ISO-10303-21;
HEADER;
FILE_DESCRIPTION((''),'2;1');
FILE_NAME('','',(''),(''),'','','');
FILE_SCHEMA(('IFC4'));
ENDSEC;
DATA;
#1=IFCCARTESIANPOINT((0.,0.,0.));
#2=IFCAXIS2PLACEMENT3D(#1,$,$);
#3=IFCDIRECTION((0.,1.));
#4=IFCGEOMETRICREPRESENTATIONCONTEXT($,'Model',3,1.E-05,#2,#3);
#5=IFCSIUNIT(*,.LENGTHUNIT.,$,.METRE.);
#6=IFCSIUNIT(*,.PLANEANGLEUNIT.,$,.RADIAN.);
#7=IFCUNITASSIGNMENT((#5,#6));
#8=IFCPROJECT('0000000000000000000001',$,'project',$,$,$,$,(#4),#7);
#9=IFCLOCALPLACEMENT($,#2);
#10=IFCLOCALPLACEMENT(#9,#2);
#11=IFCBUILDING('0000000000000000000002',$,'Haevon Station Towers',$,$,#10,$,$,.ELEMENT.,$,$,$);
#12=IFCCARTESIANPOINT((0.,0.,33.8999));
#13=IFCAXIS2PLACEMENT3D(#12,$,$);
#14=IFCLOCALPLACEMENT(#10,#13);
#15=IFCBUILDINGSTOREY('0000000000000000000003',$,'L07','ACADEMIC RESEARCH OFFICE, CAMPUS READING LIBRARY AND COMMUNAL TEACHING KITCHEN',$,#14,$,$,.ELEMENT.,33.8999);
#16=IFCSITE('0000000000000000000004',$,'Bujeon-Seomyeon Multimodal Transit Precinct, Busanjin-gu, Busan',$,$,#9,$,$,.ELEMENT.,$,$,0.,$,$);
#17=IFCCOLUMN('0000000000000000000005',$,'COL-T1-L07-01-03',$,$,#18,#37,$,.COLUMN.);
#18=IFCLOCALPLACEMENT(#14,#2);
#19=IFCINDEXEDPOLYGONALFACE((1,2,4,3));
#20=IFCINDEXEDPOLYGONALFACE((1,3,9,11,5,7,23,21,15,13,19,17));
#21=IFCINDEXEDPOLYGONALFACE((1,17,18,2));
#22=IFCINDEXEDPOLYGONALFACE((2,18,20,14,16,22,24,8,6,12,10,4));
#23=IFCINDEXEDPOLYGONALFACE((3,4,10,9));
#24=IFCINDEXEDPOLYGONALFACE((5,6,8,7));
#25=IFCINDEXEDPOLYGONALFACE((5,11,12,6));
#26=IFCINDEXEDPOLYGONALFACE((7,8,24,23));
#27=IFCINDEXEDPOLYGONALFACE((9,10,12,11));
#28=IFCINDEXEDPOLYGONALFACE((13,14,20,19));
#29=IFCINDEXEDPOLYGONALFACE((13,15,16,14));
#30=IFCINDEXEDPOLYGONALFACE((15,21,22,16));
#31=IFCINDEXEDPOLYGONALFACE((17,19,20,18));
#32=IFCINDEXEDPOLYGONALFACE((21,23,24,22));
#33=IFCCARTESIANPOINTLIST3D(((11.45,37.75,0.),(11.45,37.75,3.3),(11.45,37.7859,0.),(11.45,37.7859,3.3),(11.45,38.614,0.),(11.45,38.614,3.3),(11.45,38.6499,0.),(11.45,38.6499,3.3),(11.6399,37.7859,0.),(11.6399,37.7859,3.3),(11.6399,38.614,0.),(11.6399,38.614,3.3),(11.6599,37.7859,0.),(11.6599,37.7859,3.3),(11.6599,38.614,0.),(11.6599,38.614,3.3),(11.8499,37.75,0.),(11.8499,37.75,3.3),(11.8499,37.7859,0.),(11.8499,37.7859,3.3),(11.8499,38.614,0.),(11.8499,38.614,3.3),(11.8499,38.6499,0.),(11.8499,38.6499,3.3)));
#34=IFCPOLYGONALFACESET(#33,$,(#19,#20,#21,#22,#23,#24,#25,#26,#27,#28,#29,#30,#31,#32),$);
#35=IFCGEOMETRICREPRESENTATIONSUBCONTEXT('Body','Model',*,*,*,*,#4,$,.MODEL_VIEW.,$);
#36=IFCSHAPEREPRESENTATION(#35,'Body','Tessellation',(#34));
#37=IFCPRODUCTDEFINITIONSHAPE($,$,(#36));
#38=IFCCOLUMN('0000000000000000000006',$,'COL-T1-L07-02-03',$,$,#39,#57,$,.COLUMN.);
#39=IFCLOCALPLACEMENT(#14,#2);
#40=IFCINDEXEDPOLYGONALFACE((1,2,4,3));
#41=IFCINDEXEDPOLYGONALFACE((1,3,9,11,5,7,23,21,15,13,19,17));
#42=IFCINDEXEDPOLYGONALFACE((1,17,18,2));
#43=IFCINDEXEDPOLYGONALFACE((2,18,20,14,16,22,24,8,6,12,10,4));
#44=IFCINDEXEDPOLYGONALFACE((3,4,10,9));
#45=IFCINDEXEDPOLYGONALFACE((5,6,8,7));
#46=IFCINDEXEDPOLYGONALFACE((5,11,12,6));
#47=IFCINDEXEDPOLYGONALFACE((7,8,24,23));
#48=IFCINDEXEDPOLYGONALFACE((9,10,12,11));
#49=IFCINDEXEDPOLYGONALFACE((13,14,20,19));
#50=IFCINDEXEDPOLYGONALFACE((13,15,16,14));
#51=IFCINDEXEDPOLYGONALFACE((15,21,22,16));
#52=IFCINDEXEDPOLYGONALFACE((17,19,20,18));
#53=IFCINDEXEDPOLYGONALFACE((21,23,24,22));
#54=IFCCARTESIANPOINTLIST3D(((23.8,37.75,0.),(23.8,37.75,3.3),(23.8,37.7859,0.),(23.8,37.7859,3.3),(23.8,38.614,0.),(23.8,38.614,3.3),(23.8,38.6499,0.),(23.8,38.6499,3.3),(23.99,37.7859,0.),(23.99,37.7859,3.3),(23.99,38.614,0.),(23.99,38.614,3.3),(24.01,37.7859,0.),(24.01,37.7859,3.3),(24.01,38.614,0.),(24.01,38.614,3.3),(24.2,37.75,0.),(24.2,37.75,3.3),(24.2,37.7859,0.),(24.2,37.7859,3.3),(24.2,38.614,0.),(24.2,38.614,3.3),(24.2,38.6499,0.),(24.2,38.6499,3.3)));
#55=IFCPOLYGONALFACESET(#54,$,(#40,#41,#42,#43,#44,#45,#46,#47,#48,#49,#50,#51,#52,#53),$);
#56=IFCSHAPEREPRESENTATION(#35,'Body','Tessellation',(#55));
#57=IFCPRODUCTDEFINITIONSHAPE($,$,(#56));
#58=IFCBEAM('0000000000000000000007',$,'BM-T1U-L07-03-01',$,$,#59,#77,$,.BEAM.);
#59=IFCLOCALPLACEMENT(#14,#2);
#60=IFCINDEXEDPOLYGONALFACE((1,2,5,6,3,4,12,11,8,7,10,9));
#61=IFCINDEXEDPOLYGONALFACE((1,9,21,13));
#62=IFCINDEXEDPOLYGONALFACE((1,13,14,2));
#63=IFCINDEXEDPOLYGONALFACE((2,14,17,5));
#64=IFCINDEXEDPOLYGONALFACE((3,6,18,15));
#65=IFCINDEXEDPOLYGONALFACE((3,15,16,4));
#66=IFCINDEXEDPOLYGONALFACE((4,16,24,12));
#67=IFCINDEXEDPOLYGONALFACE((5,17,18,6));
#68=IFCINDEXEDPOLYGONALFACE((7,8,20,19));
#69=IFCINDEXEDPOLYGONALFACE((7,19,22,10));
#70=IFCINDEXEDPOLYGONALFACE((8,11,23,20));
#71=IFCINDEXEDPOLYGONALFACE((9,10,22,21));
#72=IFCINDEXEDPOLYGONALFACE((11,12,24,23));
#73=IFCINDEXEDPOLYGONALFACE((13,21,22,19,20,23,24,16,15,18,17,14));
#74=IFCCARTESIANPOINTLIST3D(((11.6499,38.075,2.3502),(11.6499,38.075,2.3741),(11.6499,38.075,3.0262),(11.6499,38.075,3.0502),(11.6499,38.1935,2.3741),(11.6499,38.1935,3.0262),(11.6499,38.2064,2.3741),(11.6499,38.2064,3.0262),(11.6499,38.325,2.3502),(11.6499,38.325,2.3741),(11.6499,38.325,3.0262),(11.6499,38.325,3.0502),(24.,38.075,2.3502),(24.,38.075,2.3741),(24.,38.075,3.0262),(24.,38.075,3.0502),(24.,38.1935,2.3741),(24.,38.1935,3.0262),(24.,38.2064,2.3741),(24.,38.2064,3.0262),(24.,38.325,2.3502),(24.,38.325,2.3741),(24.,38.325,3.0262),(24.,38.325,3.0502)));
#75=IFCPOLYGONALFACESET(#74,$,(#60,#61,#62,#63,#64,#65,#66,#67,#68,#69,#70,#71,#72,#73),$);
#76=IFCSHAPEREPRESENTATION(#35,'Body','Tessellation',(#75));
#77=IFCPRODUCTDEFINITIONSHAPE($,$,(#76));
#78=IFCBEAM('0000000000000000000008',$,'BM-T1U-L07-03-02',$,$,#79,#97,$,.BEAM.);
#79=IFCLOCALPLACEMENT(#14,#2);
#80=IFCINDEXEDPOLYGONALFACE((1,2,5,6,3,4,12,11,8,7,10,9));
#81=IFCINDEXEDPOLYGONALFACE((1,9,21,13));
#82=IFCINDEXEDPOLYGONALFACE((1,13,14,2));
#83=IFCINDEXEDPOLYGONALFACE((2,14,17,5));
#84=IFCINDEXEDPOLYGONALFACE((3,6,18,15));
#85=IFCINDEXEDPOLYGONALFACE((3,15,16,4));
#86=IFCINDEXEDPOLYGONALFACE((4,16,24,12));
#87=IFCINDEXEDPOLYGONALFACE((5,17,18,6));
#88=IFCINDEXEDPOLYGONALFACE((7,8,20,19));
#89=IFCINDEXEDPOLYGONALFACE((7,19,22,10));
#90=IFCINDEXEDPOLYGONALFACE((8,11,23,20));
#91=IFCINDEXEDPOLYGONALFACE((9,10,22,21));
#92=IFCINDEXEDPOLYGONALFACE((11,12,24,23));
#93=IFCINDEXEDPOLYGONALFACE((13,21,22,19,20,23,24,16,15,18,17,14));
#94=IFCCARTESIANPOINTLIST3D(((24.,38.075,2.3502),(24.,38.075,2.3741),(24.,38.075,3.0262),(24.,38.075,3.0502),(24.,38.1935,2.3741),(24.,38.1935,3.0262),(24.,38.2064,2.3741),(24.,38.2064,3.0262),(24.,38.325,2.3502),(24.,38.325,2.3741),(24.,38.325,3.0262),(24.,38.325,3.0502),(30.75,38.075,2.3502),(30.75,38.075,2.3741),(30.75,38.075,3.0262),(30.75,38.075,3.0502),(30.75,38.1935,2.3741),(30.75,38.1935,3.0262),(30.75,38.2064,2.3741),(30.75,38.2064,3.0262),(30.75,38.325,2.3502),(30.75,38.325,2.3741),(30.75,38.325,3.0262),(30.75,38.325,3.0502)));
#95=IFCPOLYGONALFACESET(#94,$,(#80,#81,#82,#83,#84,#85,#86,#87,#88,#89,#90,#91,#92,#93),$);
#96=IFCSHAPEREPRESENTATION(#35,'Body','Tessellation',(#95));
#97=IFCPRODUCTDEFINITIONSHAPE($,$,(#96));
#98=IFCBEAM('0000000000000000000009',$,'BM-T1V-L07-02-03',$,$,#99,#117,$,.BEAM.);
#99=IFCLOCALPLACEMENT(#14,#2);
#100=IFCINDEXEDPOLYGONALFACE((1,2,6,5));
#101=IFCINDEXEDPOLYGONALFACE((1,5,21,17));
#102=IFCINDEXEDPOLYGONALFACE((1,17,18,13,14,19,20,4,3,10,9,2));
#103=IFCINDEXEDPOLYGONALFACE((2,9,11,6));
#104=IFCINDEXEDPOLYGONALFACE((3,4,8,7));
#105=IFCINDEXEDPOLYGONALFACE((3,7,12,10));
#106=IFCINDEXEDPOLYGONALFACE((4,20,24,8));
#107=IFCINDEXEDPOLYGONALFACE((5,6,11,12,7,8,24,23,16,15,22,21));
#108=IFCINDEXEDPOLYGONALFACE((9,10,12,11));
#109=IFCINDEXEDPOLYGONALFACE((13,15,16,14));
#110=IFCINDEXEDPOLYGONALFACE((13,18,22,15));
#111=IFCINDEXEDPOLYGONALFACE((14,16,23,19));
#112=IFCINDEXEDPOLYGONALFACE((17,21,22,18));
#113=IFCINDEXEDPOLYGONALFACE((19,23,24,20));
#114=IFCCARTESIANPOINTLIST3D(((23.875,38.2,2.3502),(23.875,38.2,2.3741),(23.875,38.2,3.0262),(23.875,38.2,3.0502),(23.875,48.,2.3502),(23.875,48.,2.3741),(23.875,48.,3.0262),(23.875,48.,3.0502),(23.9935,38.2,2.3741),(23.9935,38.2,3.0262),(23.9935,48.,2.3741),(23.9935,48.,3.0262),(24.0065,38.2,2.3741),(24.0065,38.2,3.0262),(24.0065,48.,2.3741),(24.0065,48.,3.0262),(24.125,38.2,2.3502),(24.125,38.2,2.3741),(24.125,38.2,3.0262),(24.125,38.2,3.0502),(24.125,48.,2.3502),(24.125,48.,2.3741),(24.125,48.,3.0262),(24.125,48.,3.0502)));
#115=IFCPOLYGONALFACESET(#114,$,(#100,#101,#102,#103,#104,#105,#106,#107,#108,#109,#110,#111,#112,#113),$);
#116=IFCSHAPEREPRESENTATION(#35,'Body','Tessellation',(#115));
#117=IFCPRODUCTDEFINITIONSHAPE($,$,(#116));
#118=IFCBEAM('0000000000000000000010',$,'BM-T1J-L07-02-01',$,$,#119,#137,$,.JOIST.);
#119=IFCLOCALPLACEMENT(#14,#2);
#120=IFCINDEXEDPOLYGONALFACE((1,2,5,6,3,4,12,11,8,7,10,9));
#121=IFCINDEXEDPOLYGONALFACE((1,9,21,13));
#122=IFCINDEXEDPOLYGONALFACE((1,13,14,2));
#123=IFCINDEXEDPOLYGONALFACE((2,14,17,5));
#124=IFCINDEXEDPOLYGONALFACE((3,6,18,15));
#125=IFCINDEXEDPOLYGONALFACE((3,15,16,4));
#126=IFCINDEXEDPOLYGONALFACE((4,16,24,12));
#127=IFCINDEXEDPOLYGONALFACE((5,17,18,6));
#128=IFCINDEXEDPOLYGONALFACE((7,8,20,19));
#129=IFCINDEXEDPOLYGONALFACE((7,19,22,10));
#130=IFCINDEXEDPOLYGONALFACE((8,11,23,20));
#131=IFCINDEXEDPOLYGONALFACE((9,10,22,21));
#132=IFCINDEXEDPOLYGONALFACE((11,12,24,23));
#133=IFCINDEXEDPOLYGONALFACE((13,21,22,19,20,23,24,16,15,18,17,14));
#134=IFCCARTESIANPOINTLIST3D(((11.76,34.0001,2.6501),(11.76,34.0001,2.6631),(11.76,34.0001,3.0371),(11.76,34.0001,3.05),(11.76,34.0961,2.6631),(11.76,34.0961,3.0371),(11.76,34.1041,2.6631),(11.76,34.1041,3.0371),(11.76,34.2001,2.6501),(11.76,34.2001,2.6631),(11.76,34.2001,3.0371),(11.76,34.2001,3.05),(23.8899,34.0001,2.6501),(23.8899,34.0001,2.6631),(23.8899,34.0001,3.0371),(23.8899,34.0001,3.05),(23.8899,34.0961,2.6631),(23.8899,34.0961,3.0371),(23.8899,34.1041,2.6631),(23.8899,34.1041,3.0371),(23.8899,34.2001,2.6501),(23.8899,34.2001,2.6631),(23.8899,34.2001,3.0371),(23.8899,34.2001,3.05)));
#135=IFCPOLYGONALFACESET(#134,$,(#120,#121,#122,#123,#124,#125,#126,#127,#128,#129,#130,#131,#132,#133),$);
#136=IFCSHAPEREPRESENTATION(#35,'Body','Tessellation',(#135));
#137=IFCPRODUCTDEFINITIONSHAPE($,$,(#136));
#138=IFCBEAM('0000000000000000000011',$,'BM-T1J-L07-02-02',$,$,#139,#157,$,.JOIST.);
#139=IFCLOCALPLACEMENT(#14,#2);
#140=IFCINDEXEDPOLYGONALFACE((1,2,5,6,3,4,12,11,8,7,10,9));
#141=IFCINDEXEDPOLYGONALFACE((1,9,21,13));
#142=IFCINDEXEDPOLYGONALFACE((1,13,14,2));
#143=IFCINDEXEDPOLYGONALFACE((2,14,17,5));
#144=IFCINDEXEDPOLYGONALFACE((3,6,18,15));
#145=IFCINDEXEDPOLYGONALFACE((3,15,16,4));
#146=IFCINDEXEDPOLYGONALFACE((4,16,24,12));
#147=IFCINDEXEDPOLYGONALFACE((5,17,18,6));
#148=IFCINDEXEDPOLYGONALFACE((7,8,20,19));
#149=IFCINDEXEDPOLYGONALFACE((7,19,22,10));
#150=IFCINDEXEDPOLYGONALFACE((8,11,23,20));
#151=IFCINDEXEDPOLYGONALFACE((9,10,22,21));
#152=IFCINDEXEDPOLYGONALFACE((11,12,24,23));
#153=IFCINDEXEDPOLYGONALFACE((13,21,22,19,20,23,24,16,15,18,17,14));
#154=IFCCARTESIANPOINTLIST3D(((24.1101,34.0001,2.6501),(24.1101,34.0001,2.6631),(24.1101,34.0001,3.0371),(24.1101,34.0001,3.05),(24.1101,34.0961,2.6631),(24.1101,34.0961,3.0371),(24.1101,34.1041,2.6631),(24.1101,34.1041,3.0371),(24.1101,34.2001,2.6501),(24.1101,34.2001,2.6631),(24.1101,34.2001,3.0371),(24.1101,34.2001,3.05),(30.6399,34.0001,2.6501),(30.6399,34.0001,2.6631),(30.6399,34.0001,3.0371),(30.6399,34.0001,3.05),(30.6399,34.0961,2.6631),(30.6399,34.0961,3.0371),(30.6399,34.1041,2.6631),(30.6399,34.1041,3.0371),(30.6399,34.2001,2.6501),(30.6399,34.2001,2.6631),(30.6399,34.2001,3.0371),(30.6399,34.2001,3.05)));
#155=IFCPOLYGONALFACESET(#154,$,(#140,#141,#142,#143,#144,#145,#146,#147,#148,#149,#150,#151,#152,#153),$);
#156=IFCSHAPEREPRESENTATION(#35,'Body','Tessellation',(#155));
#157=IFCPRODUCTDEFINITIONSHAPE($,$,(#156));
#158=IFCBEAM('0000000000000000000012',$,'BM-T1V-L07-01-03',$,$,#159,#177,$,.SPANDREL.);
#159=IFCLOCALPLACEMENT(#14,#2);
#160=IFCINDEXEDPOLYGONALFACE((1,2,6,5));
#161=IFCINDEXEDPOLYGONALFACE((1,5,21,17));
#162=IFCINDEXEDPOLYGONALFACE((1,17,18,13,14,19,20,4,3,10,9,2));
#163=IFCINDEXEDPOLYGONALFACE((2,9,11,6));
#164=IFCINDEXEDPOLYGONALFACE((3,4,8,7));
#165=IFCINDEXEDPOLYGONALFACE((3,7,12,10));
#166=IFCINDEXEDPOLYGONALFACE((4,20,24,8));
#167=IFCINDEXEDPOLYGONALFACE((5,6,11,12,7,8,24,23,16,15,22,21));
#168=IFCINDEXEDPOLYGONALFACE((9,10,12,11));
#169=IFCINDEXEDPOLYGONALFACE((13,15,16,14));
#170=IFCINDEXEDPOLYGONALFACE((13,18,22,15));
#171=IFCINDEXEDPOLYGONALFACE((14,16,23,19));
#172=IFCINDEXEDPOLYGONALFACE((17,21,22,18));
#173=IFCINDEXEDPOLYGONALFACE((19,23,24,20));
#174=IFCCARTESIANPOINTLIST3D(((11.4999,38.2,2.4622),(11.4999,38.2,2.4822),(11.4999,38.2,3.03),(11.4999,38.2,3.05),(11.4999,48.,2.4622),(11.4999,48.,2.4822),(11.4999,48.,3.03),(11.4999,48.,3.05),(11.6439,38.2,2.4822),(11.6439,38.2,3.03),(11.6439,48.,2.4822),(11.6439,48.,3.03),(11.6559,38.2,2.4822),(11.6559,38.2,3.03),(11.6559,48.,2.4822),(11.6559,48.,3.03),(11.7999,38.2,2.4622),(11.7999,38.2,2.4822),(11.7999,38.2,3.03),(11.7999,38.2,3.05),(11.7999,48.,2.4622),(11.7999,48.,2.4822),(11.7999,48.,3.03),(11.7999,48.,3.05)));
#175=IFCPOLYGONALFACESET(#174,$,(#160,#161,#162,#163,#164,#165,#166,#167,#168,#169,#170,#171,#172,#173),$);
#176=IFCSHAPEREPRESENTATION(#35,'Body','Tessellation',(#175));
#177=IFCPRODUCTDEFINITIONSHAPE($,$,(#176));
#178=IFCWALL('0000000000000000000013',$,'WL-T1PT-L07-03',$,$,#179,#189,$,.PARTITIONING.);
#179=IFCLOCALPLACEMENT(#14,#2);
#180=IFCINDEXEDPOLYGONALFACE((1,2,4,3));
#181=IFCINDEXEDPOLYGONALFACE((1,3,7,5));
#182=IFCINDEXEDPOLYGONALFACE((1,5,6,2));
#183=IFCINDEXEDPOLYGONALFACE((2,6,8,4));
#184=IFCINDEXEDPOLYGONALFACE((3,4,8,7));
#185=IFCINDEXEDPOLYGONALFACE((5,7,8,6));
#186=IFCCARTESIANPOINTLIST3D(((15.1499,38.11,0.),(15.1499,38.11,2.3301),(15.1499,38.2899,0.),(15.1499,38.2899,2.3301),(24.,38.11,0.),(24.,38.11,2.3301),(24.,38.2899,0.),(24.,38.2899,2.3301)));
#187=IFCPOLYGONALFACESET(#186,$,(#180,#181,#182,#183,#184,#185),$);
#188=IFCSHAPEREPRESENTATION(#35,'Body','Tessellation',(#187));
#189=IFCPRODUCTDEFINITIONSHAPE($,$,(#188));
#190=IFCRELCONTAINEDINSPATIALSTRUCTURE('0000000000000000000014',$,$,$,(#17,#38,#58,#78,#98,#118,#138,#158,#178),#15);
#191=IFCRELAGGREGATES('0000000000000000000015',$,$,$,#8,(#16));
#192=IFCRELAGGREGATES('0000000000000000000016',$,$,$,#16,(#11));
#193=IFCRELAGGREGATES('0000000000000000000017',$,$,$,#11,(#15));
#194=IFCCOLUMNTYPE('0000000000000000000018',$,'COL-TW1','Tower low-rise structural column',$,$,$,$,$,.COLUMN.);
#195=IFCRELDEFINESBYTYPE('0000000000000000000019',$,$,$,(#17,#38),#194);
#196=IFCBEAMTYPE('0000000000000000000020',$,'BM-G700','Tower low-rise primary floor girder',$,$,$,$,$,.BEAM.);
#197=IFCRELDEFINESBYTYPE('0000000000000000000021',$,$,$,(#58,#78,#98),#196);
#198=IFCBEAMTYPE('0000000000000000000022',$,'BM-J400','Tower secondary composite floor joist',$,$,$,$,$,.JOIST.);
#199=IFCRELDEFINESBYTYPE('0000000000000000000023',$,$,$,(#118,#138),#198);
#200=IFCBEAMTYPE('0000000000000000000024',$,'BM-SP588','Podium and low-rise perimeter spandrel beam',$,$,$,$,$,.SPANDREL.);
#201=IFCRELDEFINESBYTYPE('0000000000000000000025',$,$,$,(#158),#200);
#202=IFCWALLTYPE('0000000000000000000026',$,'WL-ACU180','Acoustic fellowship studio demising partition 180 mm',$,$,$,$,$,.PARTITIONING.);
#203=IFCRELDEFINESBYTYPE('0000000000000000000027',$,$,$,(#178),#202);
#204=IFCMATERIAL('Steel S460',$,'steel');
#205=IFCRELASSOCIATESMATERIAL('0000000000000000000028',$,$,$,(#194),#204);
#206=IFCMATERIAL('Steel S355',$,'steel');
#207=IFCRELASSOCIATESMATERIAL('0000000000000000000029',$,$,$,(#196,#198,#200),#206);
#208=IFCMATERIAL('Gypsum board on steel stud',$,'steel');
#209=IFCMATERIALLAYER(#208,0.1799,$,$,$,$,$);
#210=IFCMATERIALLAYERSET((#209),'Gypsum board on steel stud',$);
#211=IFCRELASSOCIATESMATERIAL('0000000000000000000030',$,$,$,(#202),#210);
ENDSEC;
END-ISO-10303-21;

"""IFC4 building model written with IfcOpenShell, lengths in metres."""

from ifc_helpers import new_model, si_unit, direction, frame, frame_2d, origin, origin_2d, place, context, subcontext, project, spatial, rectangle, i_section, extrude, material, layer, layer_set, material_profile, profile_set, type_object, element, save


model = new_model("IFC4")

# Units and contexts
model_context = context("Model", 3, precision=1e-05, world=origin(), true_north=direction((0.0, 1.0)))
body_context = subcontext(model_context, "Body", "Model", "MODEL_VIEW")
ifc_project = project(units=[si_unit("LENGTHUNIT", "METRE"), si_unit("PLANEANGLEUNIT", "RADIAN")], contexts=[model_context])

# Site, building, storey
site_placement = place(None, origin())
site = spatial("IfcSite", under=ifc_project, at=site_placement, Name="Bujeon-Seomyeon Multimodal Transit Precinct, Busanjin-gu, Busan", CompositionType="ELEMENT", RefElevation=0.0)
building_placement = place(site_placement, origin())
building = spatial("IfcBuilding", under=site, at=building_placement, Name="Haevon Station Towers", CompositionType="ELEMENT")
storey_placement = place(building_placement, frame((0.0, 0.0, 33.8999)))
storey = spatial("IfcBuildingStorey", under=building, at=storey_placement, Name="L07", Description="ACADEMIC RESEARCH OFFICE, CAMPUS READING LIBRARY AND COMMUNAL TEACHING KITCHEN", CompositionType="ELEMENT", Elevation=33.8999)

# Columns
ifc_material_1 = material(Name="Steel S460", Category="steel")
ifc_material_profile_1 = material_profile(ifc_material_1, i_section(OverallWidth=0.3999, OverallDepth=0.8999, WebThickness=0.02, FlangeThickness=0.0359, at=origin_2d()), Name="H-900x400x20x36")
ifc_profile_set_1 = profile_set([ifc_material_profile_1], Name="Steel S460")
column_type = type_object("IfcColumnType", Name="COL-TW1", Description="Tower low-rise structural column", PredefinedType="COLUMN", material=ifc_profile_set_1)
for number, where, z_axis, x_axis, name in (
    (1, (11.6499, 38.2, 0.0), (0.0, 0.0, 1.0), (1.0, 0.0, 0.0), "COL-T1-L07-01-03"),
    (2, (24.0, 38.2, 0.0), (0.0, 0.0, 1.0), (1.0, 0.0, 0.0), "COL-T1-L07-02-03"),
):
    element("IfcColumn", number, at=place(storey_placement, frame(where, z_axis=z_axis, x_axis=x_axis)), inside=storey, type_object=column_type, Name=name, PredefinedType="COLUMN", context=body_context, shape_type="SweptSolid", body=[
        extrude(i_section(OverallWidth=0.3999, OverallDepth=0.8999, WebThickness=0.02, FlangeThickness=0.0359, at=origin_2d()), origin(), (0.0, 0.0, 1.0), 3.3),
    ])

# Beams
ifc_material_2 = material(Name="Steel S355", Category="steel")
ifc_material_profile_2 = material_profile(ifc_material_2, i_section(OverallWidth=0.25, OverallDepth=0.7, WebThickness=0.0129, FlangeThickness=0.0239, at=origin_2d()), Name="H-700x250x13x24")
ifc_profile_set_2 = profile_set([ifc_material_profile_2], Name="Steel S355")
beam_type_1 = type_object("IfcBeamType", Name="BM-G700", Description="Tower low-rise primary floor girder", PredefinedType="BEAM", material=ifc_profile_set_2)
beam_1_placement = place(storey_placement, frame((11.6499, 38.2, 2.7002), z_axis=(1.0, 0.0, 0.0), x_axis=(0.0, 1.0, 0.0)))
element("IfcBeam", 3, at=beam_1_placement, inside=storey, type_object=beam_type_1, Name="BM-T1U-L07-03-01", PredefinedType="BEAM", context=body_context, shape_type="SweptSolid", body=[
    extrude(i_section(OverallWidth=0.25, OverallDepth=0.7, WebThickness=0.0129, FlangeThickness=0.0239, at=origin_2d()), origin(), (0.0, 0.0, 1.0), 12.3501),
])
beam_2_placement = place(storey_placement, frame((24.0, 38.2, 2.7002), z_axis=(1.0, 0.0, 0.0), x_axis=(0.0, 1.0, 0.0)))
element("IfcBeam", 4, at=beam_2_placement, inside=storey, type_object=beam_type_1, Name="BM-T1U-L07-03-02", PredefinedType="BEAM", context=body_context, shape_type="SweptSolid", body=[
    extrude(i_section(OverallWidth=0.25, OverallDepth=0.7, WebThickness=0.0129, FlangeThickness=0.0239, at=origin_2d()), origin(), (0.0, 0.0, 1.0), 6.75),
])
beam_3_placement = place(storey_placement, frame((24.0, 38.2, 2.7002), z_axis=(0.0, 1.0, 0.0), x_axis=(-1.0, 0.0, 0.0)))
element("IfcBeam", 5, at=beam_3_placement, inside=storey, type_object=beam_type_1, Name="BM-T1V-L07-02-03", PredefinedType="BEAM", context=body_context, shape_type="SweptSolid", body=[
    extrude(i_section(OverallWidth=0.25, OverallDepth=0.7, WebThickness=0.0129, FlangeThickness=0.0239, at=origin_2d()), origin(), (0.0, 0.0, 1.0), 9.8),
])
ifc_material_profile_3 = material_profile(ifc_material_2, i_section(OverallWidth=0.2, OverallDepth=0.3999, WebThickness=0.0081, FlangeThickness=0.0129, at=origin_2d()), Name="H-400x200x8x13")
ifc_profile_set_3 = profile_set([ifc_material_profile_3], Name="Steel S355")
beam_type_2 = type_object("IfcBeamType", Name="BM-J400", Description="Tower secondary composite floor joist", PredefinedType="JOIST", material=ifc_profile_set_3)
beam_4_placement = place(storey_placement, frame((11.76, 34.1001, 2.8501), z_axis=(1.0, 0.0, 0.0), x_axis=(0.0, 1.0, 0.0)))
element("IfcBeam", 6, at=beam_4_placement, inside=storey, type_object=beam_type_2, Name="BM-T1J-L07-02-01", PredefinedType="JOIST", context=body_context, shape_type="SweptSolid", body=[
    extrude(i_section(OverallWidth=0.2, OverallDepth=0.3999, WebThickness=0.0081, FlangeThickness=0.0129, at=origin_2d()), origin(), (0.0, 0.0, 1.0), 12.1299),
])
beam_5_placement = place(storey_placement, frame((24.1101, 34.1001, 2.8501), z_axis=(1.0, 0.0, 0.0), x_axis=(0.0, 1.0, 0.0)))
element("IfcBeam", 7, at=beam_5_placement, inside=storey, type_object=beam_type_2, Name="BM-T1J-L07-02-02", PredefinedType="JOIST", context=body_context, shape_type="SweptSolid", body=[
    extrude(i_section(OverallWidth=0.2, OverallDepth=0.3999, WebThickness=0.0081, FlangeThickness=0.0129, at=origin_2d()), origin(), (0.0, 0.0, 1.0), 6.5298),
])
ifc_material_profile_4 = material_profile(ifc_material_2, i_section(OverallWidth=0.3, OverallDepth=0.5879, WebThickness=0.012, FlangeThickness=0.02, at=origin_2d()), Name="H-588x300x12x20")
ifc_profile_set_4 = profile_set([ifc_material_profile_4], Name="Steel S355")
beam_type_3 = type_object("IfcBeamType", Name="BM-SP588", Description="Podium and low-rise perimeter spandrel beam", PredefinedType="SPANDREL", material=ifc_profile_set_4)
beam_6_placement = place(storey_placement, frame((11.6499, 38.2, 2.7561), z_axis=(0.0, 1.0, 0.0), x_axis=(-1.0, 0.0, 0.0)))
element("IfcBeam", 8, at=beam_6_placement, inside=storey, type_object=beam_type_3, Name="BM-T1V-L07-01-03", PredefinedType="SPANDREL", context=body_context, shape_type="SweptSolid", body=[
    extrude(i_section(OverallWidth=0.3, OverallDepth=0.5879, WebThickness=0.012, FlangeThickness=0.02, at=origin_2d()), origin(), (0.0, 0.0, 1.0), 9.8),
])

# Wall
ifc_material_3 = material(Name="Gypsum board on steel stud", Category="steel")
ifc_layer_1 = layer(ifc_material_3, 0.1799)
ifc_layer_set_1 = layer_set([ifc_layer_1], Name="Gypsum board on steel stud")
wall_type_1 = type_object("IfcWallType", Name="WL-ACU180", Description="Acoustic fellowship studio demising partition 180 mm", PredefinedType="PARTITIONING", material=ifc_layer_set_1)
wall_1_placement = place(storey_placement, frame((15.1499, 38.2, 0.0), z_axis=(0.0, 0.0, 1.0), x_axis=(1.0, 0.0, 0.0)))
element("IfcWall", 9, at=wall_1_placement, inside=storey, type_object=wall_type_1, Name="WL-T1PT-L07-03", PredefinedType="PARTITIONING", context=body_context, shape_type="SweptSolid", body=[
    extrude(rectangle(XDim=8.8501, YDim=0.1799, at=frame_2d((4.425, 0.0))), origin(), (0.0, 0.0, 1.0), 2.3301),
])

save(model, "model.ifc")
